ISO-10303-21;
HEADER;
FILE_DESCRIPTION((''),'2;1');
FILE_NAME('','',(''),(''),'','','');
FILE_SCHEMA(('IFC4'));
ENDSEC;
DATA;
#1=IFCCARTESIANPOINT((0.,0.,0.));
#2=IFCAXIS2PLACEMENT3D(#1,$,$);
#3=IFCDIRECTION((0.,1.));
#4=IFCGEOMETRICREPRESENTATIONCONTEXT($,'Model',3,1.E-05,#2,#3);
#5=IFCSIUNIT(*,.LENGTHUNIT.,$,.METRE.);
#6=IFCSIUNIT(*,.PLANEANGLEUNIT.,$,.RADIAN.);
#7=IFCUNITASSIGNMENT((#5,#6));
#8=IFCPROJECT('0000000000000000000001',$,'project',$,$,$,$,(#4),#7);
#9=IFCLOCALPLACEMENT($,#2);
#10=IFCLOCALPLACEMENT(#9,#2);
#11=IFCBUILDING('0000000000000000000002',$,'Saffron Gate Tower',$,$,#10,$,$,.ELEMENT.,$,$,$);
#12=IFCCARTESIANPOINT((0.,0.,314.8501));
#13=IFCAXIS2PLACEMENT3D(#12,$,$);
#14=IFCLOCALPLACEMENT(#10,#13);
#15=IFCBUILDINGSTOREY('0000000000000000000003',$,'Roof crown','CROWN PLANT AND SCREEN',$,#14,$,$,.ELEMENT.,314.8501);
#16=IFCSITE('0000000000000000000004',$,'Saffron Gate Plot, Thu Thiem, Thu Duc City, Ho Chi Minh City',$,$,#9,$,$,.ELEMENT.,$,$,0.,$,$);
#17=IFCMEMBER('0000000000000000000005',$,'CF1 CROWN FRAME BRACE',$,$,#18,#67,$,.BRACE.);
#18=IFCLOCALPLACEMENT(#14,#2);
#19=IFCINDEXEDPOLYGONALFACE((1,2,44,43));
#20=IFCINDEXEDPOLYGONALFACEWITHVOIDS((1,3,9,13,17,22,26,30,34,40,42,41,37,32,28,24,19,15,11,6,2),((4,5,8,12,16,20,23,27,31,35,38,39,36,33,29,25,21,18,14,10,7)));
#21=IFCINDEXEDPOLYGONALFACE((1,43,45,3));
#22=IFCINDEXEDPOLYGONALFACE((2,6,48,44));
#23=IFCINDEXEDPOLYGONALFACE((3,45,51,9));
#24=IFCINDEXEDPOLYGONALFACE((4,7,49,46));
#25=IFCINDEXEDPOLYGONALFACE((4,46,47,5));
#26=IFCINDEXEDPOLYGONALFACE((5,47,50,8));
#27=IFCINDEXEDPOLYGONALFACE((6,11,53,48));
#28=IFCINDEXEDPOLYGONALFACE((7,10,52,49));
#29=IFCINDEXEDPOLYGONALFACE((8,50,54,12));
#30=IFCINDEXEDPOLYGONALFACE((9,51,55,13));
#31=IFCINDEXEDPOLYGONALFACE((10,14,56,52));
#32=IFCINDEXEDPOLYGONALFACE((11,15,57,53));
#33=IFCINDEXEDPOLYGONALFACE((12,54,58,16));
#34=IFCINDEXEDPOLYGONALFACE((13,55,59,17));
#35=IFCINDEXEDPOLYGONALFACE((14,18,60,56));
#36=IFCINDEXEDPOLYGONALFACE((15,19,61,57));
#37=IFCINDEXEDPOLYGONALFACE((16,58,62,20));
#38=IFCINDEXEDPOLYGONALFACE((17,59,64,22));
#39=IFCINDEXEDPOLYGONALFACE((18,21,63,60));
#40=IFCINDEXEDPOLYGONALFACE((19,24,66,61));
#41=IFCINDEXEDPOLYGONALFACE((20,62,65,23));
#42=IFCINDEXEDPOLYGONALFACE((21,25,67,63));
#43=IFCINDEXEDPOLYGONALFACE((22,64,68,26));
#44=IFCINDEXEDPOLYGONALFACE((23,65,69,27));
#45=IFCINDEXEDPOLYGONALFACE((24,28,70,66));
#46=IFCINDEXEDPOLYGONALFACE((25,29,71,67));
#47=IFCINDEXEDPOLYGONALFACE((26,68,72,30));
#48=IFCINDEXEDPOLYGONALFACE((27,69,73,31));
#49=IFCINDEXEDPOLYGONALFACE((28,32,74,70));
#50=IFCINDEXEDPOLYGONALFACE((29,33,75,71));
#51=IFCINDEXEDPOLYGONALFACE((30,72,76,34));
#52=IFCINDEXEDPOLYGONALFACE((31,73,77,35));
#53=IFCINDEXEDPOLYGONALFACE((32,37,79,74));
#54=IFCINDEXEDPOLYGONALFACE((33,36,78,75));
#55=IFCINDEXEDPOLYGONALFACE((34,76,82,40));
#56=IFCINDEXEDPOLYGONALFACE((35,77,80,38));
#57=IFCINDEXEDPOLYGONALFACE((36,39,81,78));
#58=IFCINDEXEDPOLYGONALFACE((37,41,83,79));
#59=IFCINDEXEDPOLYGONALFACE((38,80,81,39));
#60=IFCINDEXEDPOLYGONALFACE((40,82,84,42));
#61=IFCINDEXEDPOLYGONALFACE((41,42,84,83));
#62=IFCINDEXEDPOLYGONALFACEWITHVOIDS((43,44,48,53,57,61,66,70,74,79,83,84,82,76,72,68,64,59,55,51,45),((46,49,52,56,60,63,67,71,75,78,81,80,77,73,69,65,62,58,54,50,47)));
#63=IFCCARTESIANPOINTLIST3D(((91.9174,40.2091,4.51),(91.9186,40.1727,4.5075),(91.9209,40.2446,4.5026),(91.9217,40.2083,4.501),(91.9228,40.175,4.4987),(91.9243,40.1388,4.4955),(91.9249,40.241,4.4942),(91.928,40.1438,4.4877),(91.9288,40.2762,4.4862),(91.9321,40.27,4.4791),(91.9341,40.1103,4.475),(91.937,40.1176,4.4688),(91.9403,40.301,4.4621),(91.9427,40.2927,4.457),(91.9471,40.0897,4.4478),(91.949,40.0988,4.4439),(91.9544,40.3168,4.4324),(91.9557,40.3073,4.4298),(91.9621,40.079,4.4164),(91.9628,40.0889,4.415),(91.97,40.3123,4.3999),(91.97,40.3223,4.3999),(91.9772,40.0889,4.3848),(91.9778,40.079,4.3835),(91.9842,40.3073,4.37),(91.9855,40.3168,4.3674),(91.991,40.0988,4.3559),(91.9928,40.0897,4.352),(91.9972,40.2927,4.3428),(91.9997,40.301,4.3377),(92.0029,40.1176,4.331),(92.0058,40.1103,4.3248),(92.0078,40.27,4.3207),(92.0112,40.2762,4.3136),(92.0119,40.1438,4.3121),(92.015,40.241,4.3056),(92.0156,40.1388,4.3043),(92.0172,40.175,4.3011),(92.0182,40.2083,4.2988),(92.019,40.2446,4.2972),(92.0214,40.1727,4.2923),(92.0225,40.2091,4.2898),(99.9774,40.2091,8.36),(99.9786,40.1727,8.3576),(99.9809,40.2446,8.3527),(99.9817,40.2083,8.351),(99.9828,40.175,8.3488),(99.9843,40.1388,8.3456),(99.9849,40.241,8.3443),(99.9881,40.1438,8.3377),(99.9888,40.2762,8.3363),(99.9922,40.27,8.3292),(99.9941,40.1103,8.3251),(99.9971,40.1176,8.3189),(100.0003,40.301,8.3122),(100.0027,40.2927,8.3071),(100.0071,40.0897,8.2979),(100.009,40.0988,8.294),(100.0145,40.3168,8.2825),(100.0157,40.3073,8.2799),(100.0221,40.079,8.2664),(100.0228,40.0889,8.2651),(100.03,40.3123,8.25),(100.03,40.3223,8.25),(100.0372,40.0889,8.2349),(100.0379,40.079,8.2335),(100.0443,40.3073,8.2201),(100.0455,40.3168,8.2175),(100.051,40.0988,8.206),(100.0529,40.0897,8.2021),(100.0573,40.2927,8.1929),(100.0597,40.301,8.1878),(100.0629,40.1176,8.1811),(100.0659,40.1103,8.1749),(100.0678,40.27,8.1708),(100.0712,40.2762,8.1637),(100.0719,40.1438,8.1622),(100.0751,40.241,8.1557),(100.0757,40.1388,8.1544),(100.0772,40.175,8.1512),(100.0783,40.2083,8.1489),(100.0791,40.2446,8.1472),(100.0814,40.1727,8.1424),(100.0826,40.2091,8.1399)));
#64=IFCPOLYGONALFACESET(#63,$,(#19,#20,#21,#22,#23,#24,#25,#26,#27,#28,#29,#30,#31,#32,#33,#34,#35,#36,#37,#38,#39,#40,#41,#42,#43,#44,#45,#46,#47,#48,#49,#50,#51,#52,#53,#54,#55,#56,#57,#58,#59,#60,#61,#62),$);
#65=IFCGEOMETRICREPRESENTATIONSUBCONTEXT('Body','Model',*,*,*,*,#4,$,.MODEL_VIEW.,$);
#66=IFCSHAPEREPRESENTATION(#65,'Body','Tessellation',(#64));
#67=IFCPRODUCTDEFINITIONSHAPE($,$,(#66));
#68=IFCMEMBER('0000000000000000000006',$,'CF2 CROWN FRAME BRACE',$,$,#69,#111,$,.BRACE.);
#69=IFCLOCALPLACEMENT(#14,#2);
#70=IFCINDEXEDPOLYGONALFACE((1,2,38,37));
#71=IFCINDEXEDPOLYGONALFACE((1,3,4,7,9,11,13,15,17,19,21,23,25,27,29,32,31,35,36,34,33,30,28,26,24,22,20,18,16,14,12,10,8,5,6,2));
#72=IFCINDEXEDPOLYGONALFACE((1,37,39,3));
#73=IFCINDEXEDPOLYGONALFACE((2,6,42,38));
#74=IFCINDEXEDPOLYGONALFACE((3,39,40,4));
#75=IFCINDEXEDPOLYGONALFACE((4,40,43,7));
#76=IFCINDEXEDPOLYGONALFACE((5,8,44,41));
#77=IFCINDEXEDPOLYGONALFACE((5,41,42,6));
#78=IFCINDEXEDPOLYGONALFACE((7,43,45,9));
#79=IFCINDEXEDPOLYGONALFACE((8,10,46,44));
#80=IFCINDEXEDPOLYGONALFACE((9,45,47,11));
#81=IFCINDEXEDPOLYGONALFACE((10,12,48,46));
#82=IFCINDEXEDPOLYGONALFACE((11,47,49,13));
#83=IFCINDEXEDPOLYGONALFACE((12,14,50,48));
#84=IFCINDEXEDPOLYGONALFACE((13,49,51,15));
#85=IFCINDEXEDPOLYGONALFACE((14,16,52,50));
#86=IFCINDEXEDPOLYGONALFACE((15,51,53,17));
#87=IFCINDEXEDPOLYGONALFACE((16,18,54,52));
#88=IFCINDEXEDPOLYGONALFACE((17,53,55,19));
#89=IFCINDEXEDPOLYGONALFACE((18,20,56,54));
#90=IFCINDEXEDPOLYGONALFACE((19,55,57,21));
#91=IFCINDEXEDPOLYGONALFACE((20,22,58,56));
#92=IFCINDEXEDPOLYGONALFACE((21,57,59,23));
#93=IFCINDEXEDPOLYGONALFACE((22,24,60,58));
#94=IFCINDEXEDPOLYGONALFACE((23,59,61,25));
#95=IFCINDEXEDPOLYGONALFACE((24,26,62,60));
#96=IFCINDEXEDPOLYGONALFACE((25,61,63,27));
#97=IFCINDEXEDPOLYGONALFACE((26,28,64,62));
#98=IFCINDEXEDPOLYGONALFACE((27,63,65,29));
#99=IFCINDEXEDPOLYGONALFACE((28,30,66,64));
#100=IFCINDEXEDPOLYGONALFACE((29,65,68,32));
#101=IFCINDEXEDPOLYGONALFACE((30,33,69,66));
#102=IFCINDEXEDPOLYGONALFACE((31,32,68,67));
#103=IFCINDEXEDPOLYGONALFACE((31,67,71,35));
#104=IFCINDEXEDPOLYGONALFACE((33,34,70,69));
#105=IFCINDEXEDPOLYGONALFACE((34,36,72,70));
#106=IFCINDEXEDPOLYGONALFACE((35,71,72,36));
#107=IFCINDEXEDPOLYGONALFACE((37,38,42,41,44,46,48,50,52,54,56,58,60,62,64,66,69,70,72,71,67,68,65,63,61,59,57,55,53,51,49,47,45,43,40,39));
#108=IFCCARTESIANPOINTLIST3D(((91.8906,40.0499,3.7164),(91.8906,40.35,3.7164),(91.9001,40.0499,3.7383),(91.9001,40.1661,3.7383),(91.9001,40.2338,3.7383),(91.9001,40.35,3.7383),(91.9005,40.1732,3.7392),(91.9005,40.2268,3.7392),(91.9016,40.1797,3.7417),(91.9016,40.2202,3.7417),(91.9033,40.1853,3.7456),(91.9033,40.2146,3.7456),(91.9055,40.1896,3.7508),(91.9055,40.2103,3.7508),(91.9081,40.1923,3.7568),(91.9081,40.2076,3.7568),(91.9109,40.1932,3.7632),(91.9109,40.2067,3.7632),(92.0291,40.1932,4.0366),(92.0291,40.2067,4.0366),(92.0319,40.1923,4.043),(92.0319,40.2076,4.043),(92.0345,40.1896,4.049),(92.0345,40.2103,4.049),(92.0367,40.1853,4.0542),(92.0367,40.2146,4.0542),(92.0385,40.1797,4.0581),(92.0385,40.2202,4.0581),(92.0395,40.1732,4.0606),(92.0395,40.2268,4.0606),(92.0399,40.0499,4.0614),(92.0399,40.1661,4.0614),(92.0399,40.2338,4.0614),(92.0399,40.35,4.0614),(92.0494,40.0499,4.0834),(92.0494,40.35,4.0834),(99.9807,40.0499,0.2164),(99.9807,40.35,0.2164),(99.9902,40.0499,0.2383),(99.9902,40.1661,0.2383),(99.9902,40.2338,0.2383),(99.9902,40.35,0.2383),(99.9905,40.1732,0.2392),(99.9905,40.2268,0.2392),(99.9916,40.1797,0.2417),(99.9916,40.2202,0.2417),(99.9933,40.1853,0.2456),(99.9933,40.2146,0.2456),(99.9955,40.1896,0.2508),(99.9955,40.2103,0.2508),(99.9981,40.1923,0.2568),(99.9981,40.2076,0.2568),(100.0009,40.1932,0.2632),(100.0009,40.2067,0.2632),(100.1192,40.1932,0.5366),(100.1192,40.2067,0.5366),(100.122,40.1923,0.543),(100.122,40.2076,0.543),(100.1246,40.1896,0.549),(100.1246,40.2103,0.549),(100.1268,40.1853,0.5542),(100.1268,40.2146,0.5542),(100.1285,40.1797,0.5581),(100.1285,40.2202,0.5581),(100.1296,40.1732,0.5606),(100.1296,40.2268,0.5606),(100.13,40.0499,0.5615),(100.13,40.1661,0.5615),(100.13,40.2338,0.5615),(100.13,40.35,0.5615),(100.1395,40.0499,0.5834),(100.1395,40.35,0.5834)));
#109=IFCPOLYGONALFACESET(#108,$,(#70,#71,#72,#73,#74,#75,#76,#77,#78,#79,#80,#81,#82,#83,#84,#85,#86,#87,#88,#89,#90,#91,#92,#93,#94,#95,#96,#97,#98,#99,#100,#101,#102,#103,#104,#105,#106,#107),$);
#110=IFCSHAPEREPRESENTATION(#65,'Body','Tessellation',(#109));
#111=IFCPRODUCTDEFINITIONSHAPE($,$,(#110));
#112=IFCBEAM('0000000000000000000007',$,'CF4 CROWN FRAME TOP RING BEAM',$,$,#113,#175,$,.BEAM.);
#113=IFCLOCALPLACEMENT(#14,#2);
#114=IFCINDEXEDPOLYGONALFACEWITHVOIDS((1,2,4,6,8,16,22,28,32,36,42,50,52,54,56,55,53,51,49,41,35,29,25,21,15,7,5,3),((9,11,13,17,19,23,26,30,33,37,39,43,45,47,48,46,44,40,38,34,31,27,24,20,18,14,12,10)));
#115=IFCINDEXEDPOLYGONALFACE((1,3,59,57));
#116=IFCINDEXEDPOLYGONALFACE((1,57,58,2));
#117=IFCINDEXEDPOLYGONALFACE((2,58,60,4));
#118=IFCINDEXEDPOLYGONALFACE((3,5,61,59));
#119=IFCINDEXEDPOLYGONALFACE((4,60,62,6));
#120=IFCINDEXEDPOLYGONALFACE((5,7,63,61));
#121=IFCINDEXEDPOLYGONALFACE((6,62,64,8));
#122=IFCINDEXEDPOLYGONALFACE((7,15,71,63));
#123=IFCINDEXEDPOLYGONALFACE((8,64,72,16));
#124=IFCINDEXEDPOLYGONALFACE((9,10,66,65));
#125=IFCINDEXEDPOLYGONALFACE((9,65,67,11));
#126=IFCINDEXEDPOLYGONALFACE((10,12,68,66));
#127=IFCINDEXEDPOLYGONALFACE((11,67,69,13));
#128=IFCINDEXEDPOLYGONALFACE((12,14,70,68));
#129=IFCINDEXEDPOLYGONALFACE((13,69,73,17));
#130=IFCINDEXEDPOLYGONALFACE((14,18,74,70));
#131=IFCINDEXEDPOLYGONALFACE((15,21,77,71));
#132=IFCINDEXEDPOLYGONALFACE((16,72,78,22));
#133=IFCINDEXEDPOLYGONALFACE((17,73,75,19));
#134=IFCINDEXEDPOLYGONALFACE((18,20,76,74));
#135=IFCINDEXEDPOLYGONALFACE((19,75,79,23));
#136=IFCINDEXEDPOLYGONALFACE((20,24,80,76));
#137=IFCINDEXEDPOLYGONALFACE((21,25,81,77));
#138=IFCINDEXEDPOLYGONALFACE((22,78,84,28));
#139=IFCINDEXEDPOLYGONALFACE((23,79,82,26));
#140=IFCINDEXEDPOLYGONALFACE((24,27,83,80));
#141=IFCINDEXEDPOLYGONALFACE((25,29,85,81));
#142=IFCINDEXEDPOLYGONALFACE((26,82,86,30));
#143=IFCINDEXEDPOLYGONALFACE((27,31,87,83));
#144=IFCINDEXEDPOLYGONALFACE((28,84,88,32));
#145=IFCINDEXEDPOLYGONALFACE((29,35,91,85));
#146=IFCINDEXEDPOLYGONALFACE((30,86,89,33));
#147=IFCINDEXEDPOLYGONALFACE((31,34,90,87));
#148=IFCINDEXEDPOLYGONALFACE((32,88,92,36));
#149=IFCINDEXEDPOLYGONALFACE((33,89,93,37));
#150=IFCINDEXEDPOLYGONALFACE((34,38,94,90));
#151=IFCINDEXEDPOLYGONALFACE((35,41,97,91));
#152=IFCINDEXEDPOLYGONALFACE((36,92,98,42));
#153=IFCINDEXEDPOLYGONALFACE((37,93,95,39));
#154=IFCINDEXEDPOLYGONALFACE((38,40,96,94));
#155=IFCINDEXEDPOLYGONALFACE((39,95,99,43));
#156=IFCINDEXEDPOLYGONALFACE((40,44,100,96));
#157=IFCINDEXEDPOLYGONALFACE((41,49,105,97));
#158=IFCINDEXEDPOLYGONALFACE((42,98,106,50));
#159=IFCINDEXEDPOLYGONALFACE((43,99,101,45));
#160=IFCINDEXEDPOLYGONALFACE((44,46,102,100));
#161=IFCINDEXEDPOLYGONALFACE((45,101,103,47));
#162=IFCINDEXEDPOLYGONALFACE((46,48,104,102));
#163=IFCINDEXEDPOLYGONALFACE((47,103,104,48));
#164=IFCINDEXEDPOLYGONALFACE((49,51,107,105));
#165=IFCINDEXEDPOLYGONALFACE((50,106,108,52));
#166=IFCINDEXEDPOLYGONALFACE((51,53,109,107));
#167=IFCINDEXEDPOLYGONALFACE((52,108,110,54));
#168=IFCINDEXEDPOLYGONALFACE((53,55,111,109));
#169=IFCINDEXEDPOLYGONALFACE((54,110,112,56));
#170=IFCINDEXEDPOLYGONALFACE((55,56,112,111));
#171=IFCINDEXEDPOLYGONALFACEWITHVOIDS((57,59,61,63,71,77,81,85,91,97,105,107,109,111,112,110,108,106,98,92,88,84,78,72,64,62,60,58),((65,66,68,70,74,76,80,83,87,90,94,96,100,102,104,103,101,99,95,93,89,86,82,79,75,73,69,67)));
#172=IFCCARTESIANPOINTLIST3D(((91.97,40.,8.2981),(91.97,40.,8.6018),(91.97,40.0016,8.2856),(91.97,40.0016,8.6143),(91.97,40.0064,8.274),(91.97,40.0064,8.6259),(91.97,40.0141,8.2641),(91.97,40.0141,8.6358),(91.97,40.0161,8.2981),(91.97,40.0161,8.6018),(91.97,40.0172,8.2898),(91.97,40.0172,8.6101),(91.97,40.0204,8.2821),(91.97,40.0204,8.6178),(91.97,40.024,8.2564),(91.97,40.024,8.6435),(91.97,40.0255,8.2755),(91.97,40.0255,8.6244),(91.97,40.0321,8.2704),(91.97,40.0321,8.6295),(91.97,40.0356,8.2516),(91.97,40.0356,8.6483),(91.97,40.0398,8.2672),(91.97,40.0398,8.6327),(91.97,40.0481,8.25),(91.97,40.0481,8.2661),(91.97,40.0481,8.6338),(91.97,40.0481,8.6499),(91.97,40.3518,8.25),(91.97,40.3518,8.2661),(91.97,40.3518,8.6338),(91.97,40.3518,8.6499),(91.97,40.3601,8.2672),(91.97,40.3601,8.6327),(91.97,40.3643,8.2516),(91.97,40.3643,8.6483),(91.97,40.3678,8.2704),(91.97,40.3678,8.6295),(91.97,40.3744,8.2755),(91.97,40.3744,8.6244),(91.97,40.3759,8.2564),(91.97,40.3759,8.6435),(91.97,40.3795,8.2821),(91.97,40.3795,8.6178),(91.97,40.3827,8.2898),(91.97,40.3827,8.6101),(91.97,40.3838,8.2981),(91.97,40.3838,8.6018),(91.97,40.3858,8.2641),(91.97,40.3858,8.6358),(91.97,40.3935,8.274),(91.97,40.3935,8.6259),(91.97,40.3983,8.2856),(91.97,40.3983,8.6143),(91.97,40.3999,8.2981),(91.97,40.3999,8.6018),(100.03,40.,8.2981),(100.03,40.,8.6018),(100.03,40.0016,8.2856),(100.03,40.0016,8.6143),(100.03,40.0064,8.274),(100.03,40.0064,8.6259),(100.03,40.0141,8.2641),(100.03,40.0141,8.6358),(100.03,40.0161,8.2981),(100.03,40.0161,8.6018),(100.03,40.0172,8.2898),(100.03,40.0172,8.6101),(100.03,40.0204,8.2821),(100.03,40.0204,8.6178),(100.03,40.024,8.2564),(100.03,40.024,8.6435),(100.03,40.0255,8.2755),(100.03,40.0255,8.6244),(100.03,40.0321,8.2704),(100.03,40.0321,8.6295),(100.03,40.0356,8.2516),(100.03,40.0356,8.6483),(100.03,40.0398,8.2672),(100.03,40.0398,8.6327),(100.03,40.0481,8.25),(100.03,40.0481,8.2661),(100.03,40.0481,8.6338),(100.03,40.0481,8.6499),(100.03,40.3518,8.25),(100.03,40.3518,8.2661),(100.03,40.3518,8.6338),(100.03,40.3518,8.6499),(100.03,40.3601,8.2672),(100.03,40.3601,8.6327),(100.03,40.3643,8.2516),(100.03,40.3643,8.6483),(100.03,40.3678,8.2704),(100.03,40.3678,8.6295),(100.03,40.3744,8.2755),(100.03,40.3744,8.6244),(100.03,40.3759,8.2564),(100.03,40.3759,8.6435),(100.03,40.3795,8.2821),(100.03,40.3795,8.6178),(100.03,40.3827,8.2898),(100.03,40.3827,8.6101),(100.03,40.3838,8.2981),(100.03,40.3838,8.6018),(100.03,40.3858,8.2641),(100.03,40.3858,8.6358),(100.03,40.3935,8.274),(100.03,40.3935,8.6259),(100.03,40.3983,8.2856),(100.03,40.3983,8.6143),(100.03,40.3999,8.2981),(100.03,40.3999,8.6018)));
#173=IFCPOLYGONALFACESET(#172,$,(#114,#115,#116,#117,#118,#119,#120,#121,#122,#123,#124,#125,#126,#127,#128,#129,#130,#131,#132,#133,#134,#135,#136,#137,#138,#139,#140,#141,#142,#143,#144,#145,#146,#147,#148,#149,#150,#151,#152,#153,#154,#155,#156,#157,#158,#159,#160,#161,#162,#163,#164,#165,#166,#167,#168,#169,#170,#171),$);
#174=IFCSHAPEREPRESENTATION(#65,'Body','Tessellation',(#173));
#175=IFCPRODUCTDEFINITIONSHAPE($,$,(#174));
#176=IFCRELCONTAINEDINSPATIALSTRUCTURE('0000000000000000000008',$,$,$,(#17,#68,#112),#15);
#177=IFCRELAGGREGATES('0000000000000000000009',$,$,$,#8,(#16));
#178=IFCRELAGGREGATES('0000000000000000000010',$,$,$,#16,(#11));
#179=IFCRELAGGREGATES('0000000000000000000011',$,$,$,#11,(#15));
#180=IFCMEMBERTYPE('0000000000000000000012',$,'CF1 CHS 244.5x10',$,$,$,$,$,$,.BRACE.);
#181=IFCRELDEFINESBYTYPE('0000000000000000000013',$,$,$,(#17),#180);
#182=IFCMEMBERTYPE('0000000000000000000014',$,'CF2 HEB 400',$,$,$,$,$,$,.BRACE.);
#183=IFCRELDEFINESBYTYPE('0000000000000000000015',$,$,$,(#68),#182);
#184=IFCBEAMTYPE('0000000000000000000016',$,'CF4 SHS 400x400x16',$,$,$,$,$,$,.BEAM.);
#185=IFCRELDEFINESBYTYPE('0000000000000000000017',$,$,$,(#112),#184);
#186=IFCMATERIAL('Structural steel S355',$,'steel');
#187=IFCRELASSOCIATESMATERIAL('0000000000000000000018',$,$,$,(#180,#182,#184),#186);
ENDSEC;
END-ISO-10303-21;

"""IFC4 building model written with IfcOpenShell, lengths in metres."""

from ifc_helpers import new_model, si_unit, direction, frame, origin, origin_2d, place, context, subcontext, project, spatial, hollow_rectangle, hollow_circle, i_section, extrude, material, material_profile, profile_set, type_object, element, save


model = new_model("IFC4")

# Units and contexts
model_context = context("Model", 3, precision=1e-05, world=origin(), true_north=direction((0.0, 1.0)))
body_context = subcontext(model_context, "Body", "Model", "MODEL_VIEW")
ifc_project = project(units=[si_unit("LENGTHUNIT", "METRE"), si_unit("PLANEANGLEUNIT", "RADIAN")], contexts=[model_context])

# Site, building, storey
site_placement = place(None, origin())
site = spatial("IfcSite", under=ifc_project, at=site_placement, Name="Saffron Gate Plot, Thu Thiem, Thu Duc City, Ho Chi Minh City", CompositionType="ELEMENT", RefElevation=0.0)
building_placement = place(site_placement, origin())
building = spatial("IfcBuilding", under=site, at=building_placement, Name="Saffron Gate Tower", CompositionType="ELEMENT")
storey_placement = place(building_placement, frame((0.0, 0.0, 314.8501)))
storey = spatial("IfcBuildingStorey", under=building, at=storey_placement, Name="Roof crown", Description="CROWN PLANT AND SCREEN", CompositionType="ELEMENT", Elevation=314.8501)

# Shared definitions
ifc_material_1 = material(Name="Structural steel S355", Category="steel")

# Members
ifc_material_profile_1 = material_profile(ifc_material_1, hollow_circle(Radius=0.1223, WallThickness=0.01, at=origin_2d()))
ifc_profile_set_1 = profile_set([ifc_material_profile_1], Name="Structural steel S355")
member_type_1 = type_object("IfcMemberType", Name="CF1 CHS 244.5x10", PredefinedType="BRACE", material=ifc_profile_set_1)
member_1_placement = place(storey_placement, frame((91.97, 40.2, 4.3999), z_axis=(0.902339, 0.0, 0.431026), x_axis=(0.0, 1.0, 0.0)))
element("IfcMember", 1, at=member_1_placement, inside=storey, type_object=member_type_1, Name="CF1 CROWN FRAME BRACE", PredefinedType="BRACE", context=body_context, shape_type="SweptSolid", body=[
    extrude(hollow_circle(Radius=0.1223, WallThickness=0.01, at=origin_2d()), origin(), (0.0, 0.0, 1.0), 8.9324),
])
ifc_material_profile_2 = material_profile(ifc_material_1, i_section(OverallWidth=0.3, OverallDepth=0.3999, WebThickness=0.0134, FlangeThickness=0.0239, FilletRadius=0.0271, at=origin_2d()))
ifc_profile_set_2 = profile_set([ifc_material_profile_2], Name="Structural steel S355")
member_type_2 = type_object("IfcMemberType", Name="CF2 HEB 400", PredefinedType="BRACE", material=ifc_profile_set_2)
member_2_placement = place(storey_placement, frame((100.0601, 40.2, 0.3999), z_axis=(-0.917792, 0.0, 0.397062), x_axis=(0.0, -1.0, 0.0)))
element("IfcMember", 2, at=member_2_placement, inside=storey, type_object=member_type_2, Name="CF2 CROWN FRAME BRACE", PredefinedType="BRACE", context=body_context, shape_type="SweptSolid", body=[
    extrude(i_section(OverallWidth=0.3, OverallDepth=0.3999, WebThickness=0.0134, FlangeThickness=0.0239, FilletRadius=0.0271, at=origin_2d()), origin(), (0.0, 0.0, 1.0), 8.8147),
])

# Beam
ifc_material_profile_3 = material_profile(ifc_material_1, hollow_rectangle(XDim=0.3999, YDim=0.3999, WallThickness=0.0161, InnerFilletRadius=0.032, OuterFilletRadius=0.0481, at=origin_2d()))
ifc_profile_set_3 = profile_set([ifc_material_profile_3], Name="Structural steel S355")
beam_type_1 = type_object("IfcBeamType", Name="CF4 SHS 400x400x16", PredefinedType="BEAM", material=ifc_profile_set_3)
beam_1_placement = place(storey_placement, frame((91.97, 40.2, 8.45), z_axis=(1.0, 0.0, 0.0), x_axis=(0.0, 1.0, 0.0)))
element("IfcBeam", 3, at=beam_1_placement, inside=storey, type_object=beam_type_1, Name="CF4 CROWN FRAME TOP RING BEAM", PredefinedType="BEAM", context=body_context, shape_type="SweptSolid", body=[
    extrude(hollow_rectangle(XDim=0.3999, YDim=0.3999, WallThickness=0.0161, InnerFilletRadius=0.032, OuterFilletRadius=0.0481, at=origin_2d()), origin(), (0.0, 0.0, 1.0), 8.0601),
])

save(model, "model.ifc")
